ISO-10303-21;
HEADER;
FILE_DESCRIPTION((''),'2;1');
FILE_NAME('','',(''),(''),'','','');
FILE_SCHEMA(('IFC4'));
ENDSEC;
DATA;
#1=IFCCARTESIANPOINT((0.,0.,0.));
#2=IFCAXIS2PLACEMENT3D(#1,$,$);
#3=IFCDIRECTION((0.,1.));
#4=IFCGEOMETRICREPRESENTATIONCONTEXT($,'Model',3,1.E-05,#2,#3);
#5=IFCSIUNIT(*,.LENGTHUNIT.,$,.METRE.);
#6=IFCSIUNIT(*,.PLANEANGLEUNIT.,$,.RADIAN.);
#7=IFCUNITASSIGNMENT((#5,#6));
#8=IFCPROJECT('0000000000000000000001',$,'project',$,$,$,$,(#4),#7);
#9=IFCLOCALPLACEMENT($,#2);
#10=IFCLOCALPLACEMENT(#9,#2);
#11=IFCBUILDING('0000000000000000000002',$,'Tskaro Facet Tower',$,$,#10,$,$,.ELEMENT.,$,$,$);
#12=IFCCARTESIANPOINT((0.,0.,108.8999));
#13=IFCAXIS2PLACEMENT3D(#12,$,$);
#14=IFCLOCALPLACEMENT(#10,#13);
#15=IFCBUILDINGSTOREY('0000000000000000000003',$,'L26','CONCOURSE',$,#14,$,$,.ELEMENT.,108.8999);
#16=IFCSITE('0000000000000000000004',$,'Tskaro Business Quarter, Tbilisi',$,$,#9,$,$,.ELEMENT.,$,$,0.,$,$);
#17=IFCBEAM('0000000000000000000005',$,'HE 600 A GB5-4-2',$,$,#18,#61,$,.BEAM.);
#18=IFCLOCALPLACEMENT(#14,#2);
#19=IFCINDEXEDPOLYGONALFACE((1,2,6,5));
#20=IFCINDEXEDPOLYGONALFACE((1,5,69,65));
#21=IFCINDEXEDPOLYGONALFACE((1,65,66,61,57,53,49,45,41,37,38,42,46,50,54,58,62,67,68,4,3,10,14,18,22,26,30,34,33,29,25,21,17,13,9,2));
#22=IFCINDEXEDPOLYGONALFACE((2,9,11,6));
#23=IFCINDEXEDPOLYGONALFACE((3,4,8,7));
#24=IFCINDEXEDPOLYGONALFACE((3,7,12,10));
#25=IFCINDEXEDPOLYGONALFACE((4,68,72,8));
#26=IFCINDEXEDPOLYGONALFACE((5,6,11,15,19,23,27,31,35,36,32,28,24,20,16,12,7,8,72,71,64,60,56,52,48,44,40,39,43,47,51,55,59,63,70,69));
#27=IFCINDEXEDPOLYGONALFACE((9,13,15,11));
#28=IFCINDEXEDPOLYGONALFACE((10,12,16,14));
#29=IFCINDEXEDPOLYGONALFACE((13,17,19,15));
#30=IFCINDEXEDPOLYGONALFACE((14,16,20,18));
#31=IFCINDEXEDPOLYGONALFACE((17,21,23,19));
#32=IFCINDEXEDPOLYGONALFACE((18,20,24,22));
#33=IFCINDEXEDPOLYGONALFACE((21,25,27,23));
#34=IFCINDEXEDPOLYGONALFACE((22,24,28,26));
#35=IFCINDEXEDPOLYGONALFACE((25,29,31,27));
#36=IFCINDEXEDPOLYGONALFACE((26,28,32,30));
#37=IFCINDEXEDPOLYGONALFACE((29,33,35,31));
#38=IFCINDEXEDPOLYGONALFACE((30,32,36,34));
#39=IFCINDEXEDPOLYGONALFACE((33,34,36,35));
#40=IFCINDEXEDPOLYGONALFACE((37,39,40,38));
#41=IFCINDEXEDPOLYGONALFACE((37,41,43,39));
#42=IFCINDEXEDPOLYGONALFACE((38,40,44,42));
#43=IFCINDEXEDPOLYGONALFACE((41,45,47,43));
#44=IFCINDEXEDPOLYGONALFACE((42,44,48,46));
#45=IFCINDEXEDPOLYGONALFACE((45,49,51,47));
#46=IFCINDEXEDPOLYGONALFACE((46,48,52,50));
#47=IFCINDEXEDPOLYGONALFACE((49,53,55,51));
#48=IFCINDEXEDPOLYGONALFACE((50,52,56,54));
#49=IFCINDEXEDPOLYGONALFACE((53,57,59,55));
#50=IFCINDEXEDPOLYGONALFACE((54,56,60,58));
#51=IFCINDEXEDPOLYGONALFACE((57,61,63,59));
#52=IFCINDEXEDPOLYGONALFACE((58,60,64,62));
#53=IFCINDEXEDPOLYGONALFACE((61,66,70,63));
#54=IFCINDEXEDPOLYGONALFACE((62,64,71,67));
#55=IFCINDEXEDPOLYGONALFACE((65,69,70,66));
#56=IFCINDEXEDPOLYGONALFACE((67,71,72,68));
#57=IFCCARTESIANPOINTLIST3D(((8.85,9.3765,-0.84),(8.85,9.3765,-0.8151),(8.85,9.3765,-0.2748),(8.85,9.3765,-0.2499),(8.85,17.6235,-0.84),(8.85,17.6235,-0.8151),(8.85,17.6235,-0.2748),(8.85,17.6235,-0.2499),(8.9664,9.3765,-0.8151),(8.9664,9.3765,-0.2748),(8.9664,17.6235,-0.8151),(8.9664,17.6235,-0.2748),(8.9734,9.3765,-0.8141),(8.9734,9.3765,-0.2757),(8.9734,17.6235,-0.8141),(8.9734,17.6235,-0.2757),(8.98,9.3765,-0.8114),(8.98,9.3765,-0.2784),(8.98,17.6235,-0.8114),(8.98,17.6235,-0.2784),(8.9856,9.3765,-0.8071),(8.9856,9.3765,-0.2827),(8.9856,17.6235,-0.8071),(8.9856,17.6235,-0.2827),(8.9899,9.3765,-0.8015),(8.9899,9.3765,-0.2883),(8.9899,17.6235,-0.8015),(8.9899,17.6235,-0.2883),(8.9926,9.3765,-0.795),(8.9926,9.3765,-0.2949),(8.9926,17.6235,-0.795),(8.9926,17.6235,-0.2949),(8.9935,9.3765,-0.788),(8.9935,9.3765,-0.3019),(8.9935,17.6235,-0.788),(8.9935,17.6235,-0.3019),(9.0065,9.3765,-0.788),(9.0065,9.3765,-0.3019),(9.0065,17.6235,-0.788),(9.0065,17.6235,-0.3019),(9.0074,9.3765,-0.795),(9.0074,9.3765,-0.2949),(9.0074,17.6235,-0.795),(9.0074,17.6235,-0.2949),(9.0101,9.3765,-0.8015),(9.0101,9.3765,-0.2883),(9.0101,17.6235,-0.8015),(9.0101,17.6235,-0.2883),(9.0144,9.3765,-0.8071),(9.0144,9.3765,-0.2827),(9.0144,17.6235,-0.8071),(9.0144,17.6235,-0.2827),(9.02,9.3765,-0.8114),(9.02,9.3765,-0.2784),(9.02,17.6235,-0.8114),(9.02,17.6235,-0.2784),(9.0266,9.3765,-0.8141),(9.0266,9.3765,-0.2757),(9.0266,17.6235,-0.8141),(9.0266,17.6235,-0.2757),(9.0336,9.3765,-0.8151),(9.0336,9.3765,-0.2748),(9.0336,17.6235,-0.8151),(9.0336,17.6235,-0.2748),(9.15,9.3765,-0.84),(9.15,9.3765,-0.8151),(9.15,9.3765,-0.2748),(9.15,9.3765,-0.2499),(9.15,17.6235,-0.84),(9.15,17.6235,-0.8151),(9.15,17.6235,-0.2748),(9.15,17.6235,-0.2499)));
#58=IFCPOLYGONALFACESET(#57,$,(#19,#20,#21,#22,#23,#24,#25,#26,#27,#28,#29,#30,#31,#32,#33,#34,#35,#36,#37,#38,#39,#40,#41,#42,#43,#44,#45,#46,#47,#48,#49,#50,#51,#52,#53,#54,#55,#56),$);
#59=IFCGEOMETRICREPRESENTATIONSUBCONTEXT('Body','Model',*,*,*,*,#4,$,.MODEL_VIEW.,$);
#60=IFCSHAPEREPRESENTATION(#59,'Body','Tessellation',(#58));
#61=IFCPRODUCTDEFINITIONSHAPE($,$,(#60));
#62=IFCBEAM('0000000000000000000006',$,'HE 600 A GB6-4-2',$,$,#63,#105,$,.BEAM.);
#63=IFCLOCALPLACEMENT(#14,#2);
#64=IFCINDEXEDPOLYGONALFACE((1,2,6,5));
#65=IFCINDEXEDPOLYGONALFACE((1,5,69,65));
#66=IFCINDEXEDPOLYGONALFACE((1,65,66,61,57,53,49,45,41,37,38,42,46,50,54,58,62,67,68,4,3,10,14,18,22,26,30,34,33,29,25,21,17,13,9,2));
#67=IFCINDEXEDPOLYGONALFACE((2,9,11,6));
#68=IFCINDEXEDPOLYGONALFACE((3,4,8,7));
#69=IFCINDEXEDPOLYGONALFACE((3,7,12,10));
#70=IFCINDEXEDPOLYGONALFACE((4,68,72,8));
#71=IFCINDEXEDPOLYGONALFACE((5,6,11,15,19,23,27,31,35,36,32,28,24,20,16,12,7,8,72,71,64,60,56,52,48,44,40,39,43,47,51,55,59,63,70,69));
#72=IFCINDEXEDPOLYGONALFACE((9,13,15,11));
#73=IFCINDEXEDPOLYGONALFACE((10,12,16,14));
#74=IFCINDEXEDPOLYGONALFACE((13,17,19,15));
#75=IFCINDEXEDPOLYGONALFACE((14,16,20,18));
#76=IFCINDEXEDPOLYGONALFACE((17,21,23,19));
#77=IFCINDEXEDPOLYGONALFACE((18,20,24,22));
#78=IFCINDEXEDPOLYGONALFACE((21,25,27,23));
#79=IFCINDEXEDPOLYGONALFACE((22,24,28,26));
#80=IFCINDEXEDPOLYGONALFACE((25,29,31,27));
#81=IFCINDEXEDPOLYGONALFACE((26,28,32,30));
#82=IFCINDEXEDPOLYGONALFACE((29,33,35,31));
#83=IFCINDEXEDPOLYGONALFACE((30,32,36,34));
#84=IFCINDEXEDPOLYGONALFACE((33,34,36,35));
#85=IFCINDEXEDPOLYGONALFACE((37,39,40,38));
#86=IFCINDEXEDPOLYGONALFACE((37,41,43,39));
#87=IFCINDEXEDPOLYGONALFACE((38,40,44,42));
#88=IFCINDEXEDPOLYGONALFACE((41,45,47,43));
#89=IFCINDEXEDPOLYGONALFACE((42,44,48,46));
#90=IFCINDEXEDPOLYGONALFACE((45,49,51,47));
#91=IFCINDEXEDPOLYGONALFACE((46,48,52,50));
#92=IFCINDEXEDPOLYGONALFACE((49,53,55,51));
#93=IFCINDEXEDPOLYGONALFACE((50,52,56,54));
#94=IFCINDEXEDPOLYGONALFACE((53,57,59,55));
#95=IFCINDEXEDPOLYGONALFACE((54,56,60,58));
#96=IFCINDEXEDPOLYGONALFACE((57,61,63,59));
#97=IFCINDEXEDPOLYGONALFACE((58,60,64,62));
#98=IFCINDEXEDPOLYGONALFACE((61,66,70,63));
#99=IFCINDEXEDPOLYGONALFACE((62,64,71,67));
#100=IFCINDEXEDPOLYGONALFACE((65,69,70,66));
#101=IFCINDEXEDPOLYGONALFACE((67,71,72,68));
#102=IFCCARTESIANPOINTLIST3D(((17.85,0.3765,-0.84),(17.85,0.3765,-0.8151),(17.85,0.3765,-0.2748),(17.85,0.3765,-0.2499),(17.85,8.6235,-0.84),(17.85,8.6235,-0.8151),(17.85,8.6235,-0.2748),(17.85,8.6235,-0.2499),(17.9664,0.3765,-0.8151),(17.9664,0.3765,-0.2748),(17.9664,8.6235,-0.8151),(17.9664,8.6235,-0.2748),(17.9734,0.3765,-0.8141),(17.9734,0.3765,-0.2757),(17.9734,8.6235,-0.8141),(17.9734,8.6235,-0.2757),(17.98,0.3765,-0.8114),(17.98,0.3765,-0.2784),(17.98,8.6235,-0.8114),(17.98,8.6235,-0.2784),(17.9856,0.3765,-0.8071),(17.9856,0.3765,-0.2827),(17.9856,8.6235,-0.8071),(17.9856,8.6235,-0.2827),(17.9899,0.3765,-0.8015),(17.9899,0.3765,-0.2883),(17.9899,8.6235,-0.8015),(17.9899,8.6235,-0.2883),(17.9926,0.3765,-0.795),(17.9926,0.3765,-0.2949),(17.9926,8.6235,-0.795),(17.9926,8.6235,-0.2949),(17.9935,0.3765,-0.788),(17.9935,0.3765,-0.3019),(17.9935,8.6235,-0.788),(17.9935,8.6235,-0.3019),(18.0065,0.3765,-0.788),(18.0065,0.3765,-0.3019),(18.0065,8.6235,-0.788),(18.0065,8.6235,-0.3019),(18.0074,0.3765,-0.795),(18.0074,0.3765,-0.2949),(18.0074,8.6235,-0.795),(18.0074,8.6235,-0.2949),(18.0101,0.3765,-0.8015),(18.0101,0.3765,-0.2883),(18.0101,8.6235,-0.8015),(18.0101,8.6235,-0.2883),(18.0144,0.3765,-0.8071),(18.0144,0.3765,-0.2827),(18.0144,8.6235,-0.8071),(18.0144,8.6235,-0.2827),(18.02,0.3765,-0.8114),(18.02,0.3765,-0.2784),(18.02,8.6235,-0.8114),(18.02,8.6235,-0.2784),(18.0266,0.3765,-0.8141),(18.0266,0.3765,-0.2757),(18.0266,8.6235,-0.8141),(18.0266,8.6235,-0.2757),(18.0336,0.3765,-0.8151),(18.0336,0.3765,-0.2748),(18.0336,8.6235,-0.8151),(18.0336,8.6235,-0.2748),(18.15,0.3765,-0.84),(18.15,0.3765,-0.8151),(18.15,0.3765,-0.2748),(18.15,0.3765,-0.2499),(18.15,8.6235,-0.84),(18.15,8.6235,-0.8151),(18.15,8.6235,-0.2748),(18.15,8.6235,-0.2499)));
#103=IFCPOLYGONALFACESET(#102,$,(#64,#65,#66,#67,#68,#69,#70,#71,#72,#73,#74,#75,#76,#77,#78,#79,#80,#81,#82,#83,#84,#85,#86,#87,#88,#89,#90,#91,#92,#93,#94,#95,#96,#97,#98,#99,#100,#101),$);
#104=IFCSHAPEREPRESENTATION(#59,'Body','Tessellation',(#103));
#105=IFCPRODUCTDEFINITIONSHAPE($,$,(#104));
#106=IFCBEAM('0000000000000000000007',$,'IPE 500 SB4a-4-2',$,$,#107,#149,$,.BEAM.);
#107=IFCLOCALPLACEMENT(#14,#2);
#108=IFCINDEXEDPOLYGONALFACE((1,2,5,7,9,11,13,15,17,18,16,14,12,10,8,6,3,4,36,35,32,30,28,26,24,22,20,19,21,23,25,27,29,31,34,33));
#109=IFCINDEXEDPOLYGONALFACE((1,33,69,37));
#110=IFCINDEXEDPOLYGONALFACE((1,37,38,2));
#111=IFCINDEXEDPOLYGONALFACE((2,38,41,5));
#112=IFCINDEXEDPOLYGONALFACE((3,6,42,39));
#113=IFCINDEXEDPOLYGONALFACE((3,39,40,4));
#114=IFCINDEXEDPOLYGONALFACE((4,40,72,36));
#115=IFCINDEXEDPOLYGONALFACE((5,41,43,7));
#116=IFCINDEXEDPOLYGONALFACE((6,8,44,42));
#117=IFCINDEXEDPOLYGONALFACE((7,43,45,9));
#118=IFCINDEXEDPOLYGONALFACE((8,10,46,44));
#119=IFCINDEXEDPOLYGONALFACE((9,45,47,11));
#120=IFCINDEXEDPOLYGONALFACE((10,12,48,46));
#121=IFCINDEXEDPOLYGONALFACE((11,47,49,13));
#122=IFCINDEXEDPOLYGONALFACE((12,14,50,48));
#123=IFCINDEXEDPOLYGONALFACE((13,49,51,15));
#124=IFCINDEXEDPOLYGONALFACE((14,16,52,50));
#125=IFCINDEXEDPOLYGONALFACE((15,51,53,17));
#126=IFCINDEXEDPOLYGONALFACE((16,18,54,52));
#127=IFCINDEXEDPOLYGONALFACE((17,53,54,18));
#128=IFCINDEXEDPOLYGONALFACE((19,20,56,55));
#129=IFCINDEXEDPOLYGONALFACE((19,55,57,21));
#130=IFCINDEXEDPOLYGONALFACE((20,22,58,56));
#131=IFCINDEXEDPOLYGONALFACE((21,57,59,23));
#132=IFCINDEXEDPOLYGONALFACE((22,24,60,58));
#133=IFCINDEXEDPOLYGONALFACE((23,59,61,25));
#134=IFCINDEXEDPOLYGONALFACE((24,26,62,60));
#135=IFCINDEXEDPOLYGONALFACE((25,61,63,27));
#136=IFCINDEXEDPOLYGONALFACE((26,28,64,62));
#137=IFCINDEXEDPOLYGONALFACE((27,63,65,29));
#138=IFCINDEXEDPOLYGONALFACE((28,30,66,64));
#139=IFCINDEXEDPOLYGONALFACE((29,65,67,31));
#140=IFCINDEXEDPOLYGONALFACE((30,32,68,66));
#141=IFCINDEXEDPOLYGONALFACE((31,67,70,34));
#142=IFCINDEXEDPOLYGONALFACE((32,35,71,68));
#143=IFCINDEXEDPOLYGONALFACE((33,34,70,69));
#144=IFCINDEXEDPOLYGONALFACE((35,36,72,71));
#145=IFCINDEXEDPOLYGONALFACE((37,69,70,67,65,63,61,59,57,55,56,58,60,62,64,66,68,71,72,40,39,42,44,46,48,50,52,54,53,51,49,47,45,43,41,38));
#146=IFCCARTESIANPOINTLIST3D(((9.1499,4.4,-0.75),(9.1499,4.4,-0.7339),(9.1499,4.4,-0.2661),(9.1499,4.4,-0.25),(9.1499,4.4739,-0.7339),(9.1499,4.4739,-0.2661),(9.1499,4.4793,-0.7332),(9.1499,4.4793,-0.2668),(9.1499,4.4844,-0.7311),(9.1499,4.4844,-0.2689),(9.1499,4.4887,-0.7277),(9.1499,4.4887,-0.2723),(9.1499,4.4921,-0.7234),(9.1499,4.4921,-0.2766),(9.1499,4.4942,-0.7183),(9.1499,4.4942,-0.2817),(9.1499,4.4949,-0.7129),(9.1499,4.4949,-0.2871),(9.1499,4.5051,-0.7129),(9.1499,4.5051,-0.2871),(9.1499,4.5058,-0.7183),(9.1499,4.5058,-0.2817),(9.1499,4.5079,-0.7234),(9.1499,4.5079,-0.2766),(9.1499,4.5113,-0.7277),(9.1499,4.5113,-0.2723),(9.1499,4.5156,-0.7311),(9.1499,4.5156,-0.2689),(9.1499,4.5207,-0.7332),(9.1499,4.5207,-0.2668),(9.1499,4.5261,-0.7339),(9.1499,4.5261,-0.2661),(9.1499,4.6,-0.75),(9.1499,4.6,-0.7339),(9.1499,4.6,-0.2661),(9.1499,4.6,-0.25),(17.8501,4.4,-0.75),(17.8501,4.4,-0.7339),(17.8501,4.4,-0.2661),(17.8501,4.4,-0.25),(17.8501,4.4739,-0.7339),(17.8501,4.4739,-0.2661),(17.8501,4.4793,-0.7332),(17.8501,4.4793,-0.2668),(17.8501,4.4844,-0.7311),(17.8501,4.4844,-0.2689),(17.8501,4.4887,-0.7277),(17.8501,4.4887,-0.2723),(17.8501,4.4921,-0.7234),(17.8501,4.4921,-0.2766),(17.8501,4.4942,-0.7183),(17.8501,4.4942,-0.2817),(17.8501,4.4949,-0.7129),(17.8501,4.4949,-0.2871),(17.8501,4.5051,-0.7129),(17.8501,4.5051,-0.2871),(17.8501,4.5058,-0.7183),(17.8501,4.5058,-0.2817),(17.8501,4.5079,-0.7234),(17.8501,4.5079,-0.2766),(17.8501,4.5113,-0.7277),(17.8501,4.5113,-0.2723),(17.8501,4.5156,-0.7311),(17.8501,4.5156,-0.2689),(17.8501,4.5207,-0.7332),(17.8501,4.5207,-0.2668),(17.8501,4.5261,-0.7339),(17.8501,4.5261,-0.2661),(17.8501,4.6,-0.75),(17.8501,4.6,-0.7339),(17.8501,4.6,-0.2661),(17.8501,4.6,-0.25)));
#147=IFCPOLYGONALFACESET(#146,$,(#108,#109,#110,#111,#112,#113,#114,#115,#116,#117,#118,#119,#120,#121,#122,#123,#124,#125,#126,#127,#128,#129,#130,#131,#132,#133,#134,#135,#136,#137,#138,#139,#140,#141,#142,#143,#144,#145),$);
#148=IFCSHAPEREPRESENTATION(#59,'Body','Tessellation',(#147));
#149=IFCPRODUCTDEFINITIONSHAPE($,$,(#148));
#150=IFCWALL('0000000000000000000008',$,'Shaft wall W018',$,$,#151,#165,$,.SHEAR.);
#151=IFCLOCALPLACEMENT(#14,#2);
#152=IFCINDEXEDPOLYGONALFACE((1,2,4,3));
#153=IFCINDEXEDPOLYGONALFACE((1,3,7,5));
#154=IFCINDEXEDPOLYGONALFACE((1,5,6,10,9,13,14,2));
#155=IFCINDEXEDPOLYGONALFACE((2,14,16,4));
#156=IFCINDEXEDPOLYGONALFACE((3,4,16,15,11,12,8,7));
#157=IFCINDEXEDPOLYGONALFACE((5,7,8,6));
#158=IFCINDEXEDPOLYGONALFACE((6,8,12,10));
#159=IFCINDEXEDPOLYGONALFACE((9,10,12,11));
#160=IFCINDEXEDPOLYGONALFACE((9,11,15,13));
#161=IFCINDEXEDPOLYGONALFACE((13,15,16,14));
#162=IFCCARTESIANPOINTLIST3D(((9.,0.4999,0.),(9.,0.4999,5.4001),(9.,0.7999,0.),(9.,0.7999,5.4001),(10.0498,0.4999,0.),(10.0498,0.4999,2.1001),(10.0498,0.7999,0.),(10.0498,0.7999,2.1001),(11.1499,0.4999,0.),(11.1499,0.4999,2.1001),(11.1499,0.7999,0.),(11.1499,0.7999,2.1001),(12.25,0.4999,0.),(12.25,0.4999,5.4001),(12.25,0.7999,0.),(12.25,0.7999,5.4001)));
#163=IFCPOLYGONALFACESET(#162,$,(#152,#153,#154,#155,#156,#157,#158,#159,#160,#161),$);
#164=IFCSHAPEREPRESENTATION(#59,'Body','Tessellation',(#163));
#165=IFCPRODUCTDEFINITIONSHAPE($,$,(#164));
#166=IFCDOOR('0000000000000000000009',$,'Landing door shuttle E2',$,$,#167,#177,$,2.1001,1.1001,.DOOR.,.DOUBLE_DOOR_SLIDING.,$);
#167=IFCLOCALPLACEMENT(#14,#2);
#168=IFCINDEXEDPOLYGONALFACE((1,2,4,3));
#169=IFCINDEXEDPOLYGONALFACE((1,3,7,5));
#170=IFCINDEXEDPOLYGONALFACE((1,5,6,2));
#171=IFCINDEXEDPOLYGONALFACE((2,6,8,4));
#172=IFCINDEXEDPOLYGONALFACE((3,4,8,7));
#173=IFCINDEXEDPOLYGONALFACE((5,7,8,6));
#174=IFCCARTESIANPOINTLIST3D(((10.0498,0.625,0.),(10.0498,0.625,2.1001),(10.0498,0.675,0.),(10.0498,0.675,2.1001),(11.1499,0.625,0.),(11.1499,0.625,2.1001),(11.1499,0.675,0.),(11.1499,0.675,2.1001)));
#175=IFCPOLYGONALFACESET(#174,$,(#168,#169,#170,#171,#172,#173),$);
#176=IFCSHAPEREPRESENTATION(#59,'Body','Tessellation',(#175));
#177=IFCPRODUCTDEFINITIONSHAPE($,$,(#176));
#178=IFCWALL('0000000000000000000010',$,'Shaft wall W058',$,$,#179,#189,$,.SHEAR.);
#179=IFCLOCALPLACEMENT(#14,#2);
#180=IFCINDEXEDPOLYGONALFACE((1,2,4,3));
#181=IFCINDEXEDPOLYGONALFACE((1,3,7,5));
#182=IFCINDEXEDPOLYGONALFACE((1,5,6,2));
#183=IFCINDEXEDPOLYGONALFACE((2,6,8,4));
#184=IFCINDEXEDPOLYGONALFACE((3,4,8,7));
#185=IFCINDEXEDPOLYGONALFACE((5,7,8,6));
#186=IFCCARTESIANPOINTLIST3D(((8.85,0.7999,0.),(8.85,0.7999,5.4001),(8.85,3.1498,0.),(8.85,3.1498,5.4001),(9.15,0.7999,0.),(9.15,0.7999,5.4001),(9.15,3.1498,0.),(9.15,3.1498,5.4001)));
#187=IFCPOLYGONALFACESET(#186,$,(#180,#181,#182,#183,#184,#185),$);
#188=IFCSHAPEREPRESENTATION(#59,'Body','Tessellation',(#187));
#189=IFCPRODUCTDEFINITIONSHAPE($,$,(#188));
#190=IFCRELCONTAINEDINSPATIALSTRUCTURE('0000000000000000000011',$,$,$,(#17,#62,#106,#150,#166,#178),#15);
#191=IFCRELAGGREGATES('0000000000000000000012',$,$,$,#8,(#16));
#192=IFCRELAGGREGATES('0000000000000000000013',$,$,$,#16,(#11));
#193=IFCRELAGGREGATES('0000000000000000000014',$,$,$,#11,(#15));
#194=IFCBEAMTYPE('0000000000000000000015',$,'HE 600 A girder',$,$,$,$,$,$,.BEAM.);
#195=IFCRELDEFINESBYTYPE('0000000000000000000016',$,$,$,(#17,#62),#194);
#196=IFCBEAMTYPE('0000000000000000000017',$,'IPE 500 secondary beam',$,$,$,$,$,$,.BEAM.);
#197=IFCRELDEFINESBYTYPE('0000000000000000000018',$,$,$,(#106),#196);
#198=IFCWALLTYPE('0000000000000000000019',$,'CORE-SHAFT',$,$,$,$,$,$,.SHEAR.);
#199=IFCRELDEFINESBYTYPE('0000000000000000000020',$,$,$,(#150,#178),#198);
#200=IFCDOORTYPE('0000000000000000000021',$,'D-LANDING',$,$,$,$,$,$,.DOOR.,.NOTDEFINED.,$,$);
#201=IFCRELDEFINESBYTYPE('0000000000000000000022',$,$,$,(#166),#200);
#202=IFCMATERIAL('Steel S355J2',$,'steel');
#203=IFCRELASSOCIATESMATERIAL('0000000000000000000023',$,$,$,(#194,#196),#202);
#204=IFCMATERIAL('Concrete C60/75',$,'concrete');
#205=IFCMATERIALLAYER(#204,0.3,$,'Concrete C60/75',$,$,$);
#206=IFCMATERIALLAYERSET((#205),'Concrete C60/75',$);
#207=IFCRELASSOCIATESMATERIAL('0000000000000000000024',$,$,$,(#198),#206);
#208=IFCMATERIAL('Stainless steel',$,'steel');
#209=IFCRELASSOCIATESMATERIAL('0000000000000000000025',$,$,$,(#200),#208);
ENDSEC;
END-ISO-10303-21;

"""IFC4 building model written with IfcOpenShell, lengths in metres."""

from ifc_helpers import new_model, si_unit, direction, frame, frame_2d, origin, origin_2d, place, context, subcontext, project, spatial, rectangle, i_section, extrude, material, layer, layer_set, material_profile, profile_set, type_object, element, fill, save


model = new_model("IFC4")

# Units and contexts
model_context = context("Model", 3, precision=1e-05, world=origin(), true_north=direction((0.0, 1.0)))
body_context = subcontext(model_context, "Body", "Model", "MODEL_VIEW")
ifc_project = project(units=[si_unit("LENGTHUNIT", "METRE"), si_unit("PLANEANGLEUNIT", "RADIAN")], contexts=[model_context])

# Site, building, storey
site_placement = place(None, origin())
site = spatial("IfcSite", under=ifc_project, at=site_placement, Name="Tskaro Business Quarter, Tbilisi", CompositionType="ELEMENT", RefElevation=0.0)
building_placement = place(site_placement, origin())
building = spatial("IfcBuilding", under=site, at=building_placement, Name="Tskaro Facet Tower", CompositionType="ELEMENT")
storey_placement = place(building_placement, frame((0.0, 0.0, 108.8999)))
storey = spatial("IfcBuildingStorey", under=building, at=storey_placement, Name="L26", Description="CONCOURSE", CompositionType="ELEMENT", Elevation=108.8999)

# Beams
ifc_material_1 = material(Name="Steel S355J2", Category="steel")
ifc_material_profile_1 = material_profile(ifc_material_1, i_section(OverallWidth=0.3, OverallDepth=0.5901, WebThickness=0.0129, FlangeThickness=0.0249, FilletRadius=0.0271, at=origin_2d()), Name="HE 600 A")
ifc_profile_set_1 = profile_set([ifc_material_profile_1], Name="Steel S355J2")
beam_type_1 = type_object("IfcBeamType", Name="HE 600 A girder", PredefinedType="BEAM", material=ifc_profile_set_1)
for number, where, z_axis, x_axis, name in (
    (1, (9.0, 9.3765, -0.5449), (0.0, 1.0, 0.0), (-1.0, 0.0, 0.0), "HE 600 A GB5-4-2"),
    (2, (18.0, 0.3765, -0.5449), (0.0, 1.0, 0.0), (-1.0, 0.0, 0.0), "HE 600 A GB6-4-2"),
):
    element("IfcBeam", number, at=place(storey_placement, frame(where, z_axis=z_axis, x_axis=x_axis)), inside=storey, type_object=beam_type_1, Name=name, PredefinedType="BEAM", context=body_context, shape_type="SweptSolid", body=[
        extrude(i_section(OverallWidth=0.3, OverallDepth=0.5901, WebThickness=0.0129, FlangeThickness=0.0249, FilletRadius=0.0271, at=origin_2d()), origin(), (0.0, 0.0, 1.0), 8.2471),
    ])
ifc_material_profile_2 = material_profile(ifc_material_1, i_section(OverallWidth=0.2, OverallDepth=0.5, WebThickness=0.0103, FlangeThickness=0.0161, FilletRadius=0.021, at=origin_2d()), Name="IPE 500")
ifc_profile_set_2 = profile_set([ifc_material_profile_2], Name="Steel S355J2")
beam_type_2 = type_object("IfcBeamType", Name="IPE 500 secondary beam", PredefinedType="BEAM", material=ifc_profile_set_2)
beam_1_placement = place(storey_placement, frame((9.1499, 4.5, -0.5), z_axis=(1.0, 0.0, 0.0), x_axis=(0.0, 1.0, 0.0)))
element("IfcBeam", 3, at=beam_1_placement, inside=storey, type_object=beam_type_2, Name="IPE 500 SB4a-4-2", PredefinedType="BEAM", context=body_context, shape_type="SweptSolid", body=[
    extrude(i_section(OverallWidth=0.2, OverallDepth=0.5, WebThickness=0.0103, FlangeThickness=0.0161, FilletRadius=0.021, at=origin_2d()), origin(), (0.0, 0.0, 1.0), 8.7002),
])

# Wall, opening, door
ifc_material_2 = material(Name="Concrete C60/75", Category="concrete")
ifc_layer_1 = layer(ifc_material_2, 0.3, Name="Concrete C60/75")
ifc_layer_set_1 = layer_set([ifc_layer_1], Name="Concrete C60/75")
wall_type_1 = type_object("IfcWallType", Name="CORE-SHAFT", PredefinedType="SHEAR", material=ifc_layer_set_1)
wall_1_placement = place(storey_placement, frame((12.25, 0.6499, 0.0), z_axis=(0.0, 0.0, 1.0), x_axis=(-1.0, 0.0, 0.0)))
wall_1 = element("IfcWall", 4, at=wall_1_placement, inside=storey, type_object=wall_type_1, Name="Shaft wall W018", PredefinedType="SHEAR", context=body_context, shape_type="SweptSolid", body=[
    extrude(rectangle(XDim=3.25, YDim=0.3, at=frame_2d((1.625, 0.0))), origin(), (0.0, 0.0, 1.0), 5.4001),
])
opening_1_placement = place(wall_1_placement, frame((1.1001, 0.0, 0.0)))
opening_1 = element("IfcOpeningElement", 5, at=opening_1_placement, cuts=wall_1, PredefinedType="OPENING", context=body_context, shape_type="SweptSolid", body=[
    extrude(rectangle(XDim=1.1001, YDim=2.1001, at=frame_2d((0.55, 1.05))), frame((0.0, 0.1599, 0.0), z_axis=(0.0, -1.0, 0.0), x_axis=(1.0, 0.0, 0.0)), (0.0, 0.0, 1.0), 0.3201),
])
ifc_material_3 = material(Name="Stainless steel", Category="steel")
door_type_1 = type_object("IfcDoorType", Name="D-LANDING", OperationType="NOTDEFINED", PredefinedType="DOOR", material=ifc_material_3)
door_1_placement = place(opening_1_placement, origin())
door_1 = element("IfcDoor", 6, at=door_1_placement, inside=storey, type_object=door_type_1, Name="Landing door shuttle E2", OperationType="DOUBLE_DOOR_SLIDING", OverallHeight=2.1001, OverallWidth=1.1001, PredefinedType="DOOR", context=body_context, shape_type="SweptSolid", body=[
    extrude(rectangle(XDim=1.1001, YDim=2.1001, at=frame_2d((0.55, 1.05))), frame((0.0, 0.0249, 0.0), z_axis=(0.0, -1.0, 0.0), x_axis=(1.0, 0.0, 0.0)), (0.0, 0.0, 1.0), 0.05),
])
fill(opening_1, door_1)

# Wall
wall_2_placement = place(storey_placement, frame((9.0, 0.8, 0.0), z_axis=(0.0, 0.0, 1.0), x_axis=(0.0, 1.0, 0.0)))
element("IfcWall", 7, at=wall_2_placement, inside=storey, type_object=wall_type_1, Name="Shaft wall W058", PredefinedType="SHEAR", context=body_context, shape_type="SweptSolid", body=[
    extrude(rectangle(XDim=2.3499, YDim=0.3, at=frame_2d((1.1748, 0.0))), origin(), (0.0, 0.0, 1.0), 5.4001),
])

save(model, "model.ifc")
